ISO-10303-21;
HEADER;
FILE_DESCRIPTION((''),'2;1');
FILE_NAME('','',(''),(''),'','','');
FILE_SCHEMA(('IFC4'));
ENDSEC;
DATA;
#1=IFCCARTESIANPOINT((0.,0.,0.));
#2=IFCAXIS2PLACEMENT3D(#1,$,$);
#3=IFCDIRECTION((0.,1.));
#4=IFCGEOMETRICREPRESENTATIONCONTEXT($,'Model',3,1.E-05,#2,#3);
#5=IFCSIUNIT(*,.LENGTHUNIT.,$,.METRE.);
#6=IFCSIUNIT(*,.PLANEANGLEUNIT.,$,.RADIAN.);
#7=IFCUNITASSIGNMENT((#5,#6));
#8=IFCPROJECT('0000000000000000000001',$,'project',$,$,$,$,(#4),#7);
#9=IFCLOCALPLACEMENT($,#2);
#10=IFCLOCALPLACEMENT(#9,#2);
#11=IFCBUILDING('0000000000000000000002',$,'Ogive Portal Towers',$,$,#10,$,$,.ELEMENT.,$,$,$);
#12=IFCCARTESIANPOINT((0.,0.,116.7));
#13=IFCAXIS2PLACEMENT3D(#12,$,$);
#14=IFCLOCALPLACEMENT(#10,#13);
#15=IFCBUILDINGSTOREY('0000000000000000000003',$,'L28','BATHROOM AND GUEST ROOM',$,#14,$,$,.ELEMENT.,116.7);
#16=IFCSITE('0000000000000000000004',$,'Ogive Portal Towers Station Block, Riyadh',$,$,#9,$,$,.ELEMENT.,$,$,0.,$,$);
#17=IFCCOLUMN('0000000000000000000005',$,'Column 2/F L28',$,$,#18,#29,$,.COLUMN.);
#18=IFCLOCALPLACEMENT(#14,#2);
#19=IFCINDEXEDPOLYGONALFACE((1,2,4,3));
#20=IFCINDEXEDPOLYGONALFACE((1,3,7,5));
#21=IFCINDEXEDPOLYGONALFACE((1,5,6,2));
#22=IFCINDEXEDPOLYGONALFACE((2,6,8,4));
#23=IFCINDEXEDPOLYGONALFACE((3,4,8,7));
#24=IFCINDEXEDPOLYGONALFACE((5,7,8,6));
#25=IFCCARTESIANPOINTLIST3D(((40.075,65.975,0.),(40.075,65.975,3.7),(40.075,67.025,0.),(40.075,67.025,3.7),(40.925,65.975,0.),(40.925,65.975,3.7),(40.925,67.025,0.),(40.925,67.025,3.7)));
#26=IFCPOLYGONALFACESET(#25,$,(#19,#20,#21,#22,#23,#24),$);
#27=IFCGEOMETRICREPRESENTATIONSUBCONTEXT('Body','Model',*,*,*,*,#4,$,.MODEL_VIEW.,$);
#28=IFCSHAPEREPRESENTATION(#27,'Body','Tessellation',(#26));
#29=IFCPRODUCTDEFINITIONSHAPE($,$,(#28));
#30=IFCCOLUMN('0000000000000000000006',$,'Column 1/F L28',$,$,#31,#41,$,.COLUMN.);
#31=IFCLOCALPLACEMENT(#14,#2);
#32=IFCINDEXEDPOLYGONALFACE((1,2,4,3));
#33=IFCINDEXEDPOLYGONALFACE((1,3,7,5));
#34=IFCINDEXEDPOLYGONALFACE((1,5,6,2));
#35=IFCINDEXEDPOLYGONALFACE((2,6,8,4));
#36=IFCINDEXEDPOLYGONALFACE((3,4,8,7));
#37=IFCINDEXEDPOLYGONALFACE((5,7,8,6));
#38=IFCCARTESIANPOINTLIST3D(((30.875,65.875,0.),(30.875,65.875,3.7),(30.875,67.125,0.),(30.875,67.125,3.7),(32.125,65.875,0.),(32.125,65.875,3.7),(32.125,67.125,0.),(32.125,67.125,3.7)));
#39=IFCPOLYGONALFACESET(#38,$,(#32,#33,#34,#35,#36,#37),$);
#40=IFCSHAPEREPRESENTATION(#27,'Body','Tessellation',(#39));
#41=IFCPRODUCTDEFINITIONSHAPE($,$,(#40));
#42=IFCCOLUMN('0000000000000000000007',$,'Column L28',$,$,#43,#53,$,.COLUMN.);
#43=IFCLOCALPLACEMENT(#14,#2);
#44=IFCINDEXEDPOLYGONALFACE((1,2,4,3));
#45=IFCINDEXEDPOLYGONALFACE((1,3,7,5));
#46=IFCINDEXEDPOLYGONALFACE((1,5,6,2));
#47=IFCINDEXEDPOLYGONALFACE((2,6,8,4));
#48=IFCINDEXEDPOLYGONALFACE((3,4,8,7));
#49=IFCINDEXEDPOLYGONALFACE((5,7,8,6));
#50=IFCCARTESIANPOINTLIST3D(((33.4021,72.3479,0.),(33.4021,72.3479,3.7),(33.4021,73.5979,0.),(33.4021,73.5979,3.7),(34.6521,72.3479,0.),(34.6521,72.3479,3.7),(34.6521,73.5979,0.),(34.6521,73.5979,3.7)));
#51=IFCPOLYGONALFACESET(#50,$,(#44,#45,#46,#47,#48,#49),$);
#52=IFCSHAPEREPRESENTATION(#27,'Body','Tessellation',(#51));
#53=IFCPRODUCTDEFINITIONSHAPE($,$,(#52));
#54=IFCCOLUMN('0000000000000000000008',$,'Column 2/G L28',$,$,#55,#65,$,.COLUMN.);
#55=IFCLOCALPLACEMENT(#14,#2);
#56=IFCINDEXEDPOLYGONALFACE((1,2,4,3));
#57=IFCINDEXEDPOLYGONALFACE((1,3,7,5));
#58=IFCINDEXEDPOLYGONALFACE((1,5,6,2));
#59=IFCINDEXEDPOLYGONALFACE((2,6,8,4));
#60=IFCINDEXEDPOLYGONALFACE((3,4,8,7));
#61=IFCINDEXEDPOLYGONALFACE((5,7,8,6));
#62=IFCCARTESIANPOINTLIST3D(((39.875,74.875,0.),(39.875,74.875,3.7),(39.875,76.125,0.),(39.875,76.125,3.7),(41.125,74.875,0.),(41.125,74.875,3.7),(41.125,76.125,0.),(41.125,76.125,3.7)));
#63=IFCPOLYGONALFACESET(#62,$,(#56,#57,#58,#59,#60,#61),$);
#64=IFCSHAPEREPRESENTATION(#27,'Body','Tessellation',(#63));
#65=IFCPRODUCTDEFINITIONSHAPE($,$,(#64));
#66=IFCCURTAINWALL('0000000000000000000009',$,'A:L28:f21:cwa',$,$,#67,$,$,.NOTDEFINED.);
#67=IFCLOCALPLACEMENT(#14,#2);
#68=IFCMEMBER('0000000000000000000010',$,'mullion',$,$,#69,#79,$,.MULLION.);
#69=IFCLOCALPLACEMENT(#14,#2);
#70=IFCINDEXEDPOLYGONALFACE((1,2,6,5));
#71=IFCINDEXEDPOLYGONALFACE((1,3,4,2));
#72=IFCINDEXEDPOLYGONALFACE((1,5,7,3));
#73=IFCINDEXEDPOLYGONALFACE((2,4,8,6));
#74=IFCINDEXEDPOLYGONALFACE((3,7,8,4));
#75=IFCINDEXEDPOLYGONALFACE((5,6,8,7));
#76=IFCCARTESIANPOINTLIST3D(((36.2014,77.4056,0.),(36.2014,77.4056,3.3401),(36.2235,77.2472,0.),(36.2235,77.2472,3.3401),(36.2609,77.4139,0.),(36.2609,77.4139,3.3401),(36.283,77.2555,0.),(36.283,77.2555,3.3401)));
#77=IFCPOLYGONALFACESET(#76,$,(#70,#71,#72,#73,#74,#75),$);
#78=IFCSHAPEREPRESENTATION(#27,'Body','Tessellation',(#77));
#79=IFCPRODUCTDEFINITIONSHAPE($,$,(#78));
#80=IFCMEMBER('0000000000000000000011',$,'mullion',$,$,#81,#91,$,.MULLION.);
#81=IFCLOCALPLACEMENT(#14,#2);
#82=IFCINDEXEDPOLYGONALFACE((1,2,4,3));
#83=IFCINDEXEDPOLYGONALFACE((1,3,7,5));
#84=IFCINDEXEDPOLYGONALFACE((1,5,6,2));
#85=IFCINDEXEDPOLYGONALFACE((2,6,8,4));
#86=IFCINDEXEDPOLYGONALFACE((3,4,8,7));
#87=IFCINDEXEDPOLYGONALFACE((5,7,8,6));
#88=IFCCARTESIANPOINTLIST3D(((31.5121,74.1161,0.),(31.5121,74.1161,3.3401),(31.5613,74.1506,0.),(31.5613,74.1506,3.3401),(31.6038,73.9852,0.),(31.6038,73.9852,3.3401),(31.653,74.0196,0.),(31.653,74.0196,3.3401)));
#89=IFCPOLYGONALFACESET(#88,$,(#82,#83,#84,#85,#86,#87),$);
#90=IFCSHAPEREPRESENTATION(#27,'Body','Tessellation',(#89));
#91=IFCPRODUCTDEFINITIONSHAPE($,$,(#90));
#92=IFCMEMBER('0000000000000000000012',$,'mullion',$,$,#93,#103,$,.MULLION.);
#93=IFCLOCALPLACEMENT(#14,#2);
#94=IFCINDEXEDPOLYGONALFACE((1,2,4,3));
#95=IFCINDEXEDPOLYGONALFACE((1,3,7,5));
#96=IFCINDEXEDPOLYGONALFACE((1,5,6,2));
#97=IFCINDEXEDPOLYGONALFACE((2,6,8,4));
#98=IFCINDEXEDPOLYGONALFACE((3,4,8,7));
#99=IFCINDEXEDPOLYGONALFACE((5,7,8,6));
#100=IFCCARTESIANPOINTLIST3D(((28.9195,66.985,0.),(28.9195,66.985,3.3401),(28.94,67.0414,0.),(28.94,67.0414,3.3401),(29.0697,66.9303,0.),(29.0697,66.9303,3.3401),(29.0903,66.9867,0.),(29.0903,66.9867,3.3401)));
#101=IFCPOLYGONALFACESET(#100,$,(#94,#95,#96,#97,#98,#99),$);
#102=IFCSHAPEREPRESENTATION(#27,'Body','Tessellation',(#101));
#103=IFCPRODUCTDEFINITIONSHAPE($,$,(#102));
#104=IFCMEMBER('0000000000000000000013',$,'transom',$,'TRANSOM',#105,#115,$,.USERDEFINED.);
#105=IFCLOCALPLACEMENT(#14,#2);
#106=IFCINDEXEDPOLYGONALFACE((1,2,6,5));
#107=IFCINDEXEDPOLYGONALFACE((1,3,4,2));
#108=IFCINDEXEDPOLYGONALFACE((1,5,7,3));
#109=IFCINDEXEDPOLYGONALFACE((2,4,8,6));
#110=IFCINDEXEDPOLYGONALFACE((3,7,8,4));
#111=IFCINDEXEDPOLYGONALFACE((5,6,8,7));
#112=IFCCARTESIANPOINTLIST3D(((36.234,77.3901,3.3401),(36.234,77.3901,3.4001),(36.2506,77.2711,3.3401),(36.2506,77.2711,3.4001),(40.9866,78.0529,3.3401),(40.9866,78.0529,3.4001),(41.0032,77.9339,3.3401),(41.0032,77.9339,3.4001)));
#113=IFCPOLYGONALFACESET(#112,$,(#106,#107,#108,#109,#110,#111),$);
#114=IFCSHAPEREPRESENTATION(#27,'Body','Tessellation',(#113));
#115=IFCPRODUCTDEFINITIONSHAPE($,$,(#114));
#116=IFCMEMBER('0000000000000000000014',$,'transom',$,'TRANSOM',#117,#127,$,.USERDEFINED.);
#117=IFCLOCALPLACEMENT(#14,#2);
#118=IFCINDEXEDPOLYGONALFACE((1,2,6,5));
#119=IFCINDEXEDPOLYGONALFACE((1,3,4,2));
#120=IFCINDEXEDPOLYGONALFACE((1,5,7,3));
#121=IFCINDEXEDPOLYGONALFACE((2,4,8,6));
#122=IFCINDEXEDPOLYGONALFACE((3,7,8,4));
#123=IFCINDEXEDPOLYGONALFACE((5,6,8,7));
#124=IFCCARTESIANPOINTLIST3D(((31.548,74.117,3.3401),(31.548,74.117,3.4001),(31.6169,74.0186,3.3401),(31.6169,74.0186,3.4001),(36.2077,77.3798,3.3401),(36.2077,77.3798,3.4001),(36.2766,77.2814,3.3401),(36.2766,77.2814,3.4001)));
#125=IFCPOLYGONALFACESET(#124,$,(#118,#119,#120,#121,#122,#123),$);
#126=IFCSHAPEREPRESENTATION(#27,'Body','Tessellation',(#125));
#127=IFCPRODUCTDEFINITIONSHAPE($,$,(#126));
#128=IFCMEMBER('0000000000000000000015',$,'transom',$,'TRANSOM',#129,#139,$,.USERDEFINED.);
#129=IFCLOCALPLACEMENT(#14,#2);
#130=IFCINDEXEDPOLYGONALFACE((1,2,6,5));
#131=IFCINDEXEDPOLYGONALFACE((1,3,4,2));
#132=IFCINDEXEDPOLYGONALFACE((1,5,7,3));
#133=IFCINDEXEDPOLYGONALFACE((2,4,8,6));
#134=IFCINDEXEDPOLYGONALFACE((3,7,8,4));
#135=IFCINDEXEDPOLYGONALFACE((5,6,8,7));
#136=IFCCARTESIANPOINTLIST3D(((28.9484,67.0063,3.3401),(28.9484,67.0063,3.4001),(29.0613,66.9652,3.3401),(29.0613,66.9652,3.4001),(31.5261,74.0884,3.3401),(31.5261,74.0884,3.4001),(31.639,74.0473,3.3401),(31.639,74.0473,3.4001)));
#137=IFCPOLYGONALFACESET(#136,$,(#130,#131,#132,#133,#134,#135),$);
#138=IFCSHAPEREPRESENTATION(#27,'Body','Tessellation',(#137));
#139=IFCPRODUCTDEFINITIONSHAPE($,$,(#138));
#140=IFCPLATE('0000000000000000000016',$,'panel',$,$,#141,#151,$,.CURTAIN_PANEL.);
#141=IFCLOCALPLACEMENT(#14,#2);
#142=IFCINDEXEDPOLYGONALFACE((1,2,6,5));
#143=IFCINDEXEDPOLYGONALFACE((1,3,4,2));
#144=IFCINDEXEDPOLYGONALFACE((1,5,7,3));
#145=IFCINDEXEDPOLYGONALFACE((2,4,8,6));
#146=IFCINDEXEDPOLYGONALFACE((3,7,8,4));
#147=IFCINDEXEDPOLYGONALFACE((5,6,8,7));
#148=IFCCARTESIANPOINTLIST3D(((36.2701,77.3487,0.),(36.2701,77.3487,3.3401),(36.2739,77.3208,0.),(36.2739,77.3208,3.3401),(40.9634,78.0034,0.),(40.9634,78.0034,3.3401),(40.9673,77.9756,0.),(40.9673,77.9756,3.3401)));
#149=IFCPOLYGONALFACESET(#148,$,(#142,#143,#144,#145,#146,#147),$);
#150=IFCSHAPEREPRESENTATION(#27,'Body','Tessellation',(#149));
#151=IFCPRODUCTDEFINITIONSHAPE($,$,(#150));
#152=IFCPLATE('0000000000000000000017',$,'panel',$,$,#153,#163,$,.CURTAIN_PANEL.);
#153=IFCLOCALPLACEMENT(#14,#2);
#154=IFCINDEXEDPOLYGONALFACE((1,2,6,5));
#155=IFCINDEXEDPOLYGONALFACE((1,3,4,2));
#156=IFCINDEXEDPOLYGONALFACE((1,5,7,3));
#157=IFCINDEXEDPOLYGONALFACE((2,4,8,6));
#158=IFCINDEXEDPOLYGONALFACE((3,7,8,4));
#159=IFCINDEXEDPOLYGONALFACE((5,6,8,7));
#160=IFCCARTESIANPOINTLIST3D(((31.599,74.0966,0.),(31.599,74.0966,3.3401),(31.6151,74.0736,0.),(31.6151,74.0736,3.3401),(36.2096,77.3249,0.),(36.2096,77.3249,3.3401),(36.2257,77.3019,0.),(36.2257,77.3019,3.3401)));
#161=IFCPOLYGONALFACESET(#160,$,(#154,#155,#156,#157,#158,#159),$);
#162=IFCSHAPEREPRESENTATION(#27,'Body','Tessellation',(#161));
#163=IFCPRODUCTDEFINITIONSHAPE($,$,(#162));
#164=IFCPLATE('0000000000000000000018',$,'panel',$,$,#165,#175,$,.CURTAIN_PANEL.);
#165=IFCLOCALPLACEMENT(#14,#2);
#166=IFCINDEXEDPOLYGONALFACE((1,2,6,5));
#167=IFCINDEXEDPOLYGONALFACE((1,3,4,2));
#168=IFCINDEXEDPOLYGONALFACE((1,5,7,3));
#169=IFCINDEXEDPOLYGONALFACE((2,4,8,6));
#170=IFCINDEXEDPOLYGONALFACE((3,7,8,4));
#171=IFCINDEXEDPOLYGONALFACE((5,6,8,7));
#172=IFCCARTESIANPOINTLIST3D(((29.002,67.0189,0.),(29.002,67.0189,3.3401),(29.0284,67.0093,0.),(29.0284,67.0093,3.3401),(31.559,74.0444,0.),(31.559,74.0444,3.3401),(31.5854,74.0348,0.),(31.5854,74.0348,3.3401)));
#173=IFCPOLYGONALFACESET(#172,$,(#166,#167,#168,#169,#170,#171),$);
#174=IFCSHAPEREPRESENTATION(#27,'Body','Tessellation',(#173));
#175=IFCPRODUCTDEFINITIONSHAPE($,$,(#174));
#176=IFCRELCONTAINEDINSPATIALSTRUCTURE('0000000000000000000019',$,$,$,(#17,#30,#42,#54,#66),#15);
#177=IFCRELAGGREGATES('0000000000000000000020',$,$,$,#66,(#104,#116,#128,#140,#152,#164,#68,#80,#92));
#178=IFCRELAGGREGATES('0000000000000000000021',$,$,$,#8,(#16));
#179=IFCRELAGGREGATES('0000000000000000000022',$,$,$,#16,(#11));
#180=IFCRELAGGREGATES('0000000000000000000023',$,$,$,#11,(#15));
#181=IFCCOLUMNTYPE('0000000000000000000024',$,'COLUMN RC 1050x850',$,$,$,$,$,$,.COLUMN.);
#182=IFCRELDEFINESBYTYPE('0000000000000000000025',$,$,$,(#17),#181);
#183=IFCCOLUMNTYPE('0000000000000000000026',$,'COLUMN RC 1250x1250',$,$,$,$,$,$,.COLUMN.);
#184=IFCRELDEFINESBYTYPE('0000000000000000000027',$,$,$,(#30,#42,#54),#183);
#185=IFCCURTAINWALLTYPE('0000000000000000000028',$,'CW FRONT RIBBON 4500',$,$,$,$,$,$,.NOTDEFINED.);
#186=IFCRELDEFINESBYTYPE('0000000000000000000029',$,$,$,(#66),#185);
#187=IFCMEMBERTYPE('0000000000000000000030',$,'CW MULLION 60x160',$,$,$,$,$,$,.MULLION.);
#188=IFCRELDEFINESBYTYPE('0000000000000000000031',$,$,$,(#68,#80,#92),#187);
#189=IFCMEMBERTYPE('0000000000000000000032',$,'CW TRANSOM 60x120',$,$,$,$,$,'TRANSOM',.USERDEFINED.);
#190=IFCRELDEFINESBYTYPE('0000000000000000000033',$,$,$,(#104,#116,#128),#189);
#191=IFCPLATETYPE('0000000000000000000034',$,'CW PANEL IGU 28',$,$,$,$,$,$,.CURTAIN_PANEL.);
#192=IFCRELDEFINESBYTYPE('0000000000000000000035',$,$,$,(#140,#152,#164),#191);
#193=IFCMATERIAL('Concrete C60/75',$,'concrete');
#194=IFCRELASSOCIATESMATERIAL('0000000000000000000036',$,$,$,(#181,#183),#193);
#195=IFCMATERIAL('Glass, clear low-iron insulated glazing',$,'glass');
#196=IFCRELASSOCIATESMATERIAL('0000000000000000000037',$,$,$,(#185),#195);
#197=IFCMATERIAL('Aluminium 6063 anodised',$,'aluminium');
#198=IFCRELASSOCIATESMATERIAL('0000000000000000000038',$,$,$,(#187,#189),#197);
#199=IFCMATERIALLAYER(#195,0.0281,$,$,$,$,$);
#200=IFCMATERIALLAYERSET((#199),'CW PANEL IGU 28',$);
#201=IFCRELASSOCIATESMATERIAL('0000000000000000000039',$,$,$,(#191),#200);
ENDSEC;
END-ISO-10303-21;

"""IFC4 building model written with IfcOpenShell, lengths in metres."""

from ifc_helpers import new_model, si_unit, direction, frame, origin, origin_2d, place, context, subcontext, project, spatial, rectangle, extrude, material, layer, layer_set, material_profile, profile_set, type_object, element, aggregate, save


model = new_model("IFC4")

# Units and contexts
model_context = context("Model", 3, precision=1e-05, world=origin(), true_north=direction((0.0, 1.0)))
body_context = subcontext(model_context, "Body", "Model", "MODEL_VIEW")
ifc_project = project(units=[si_unit("LENGTHUNIT", "METRE"), si_unit("PLANEANGLEUNIT", "RADIAN")], contexts=[model_context])

# Site, building, storey
site_placement = place(None, origin())
site = spatial("IfcSite", under=ifc_project, at=site_placement, Name="Ogive Portal Towers Station Block, Riyadh", CompositionType="ELEMENT", RefElevation=0.0)
building_placement = place(site_placement, origin())
building = spatial("IfcBuilding", under=site, at=building_placement, Name="Ogive Portal Towers", CompositionType="ELEMENT")
storey_placement = place(building_placement, frame((0.0, 0.0, 116.7)))
storey = spatial("IfcBuildingStorey", under=building, at=storey_placement, Name="L28", Description="BATHROOM AND GUEST ROOM", CompositionType="ELEMENT", Elevation=116.7)

# Columns
ifc_material_1 = material(Name="Concrete C60/75", Category="concrete")
ifc_material_profile_1 = material_profile(ifc_material_1, rectangle(XDim=1.05, YDim=0.8501, at=origin_2d()), Name="RC 1050x850")
ifc_profile_set_1 = profile_set([ifc_material_profile_1], Name="Concrete C60/75")
column_type_1 = type_object("IfcColumnType", Name="COLUMN RC 1050x850", PredefinedType="COLUMN", material=ifc_profile_set_1)
column_placement = place(storey_placement, frame((40.5, 66.5, 0.0), z_axis=(0.0, 0.0, 1.0), x_axis=(0.0, 1.0, 0.0)))
element("IfcColumn", 1, at=column_placement, inside=storey, type_object=column_type_1, Name="Column 2/F L28", PredefinedType="COLUMN", context=body_context, shape_type="SweptSolid", body=[
    extrude(rectangle(XDim=1.05, YDim=0.8501, at=origin_2d()), origin(), (0.0, 0.0, 1.0), 3.7),
])
ifc_material_profile_2 = material_profile(ifc_material_1, rectangle(XDim=1.25, YDim=1.25, at=origin_2d()), Name="RC 1250x1250")
ifc_profile_set_2 = profile_set([ifc_material_profile_2], Name="Concrete C60/75")
column_type_2 = type_object("IfcColumnType", Name="COLUMN RC 1250x1250", PredefinedType="COLUMN", material=ifc_profile_set_2)
for number, where, z_axis, x_axis, name in (
    (2, (31.5, 66.5, 0.0), (0.0, 0.0, 1.0), (1.0, 0.0, 0.0), "Column 1/F L28"),
    (3, (34.0271, 72.9729, 0.0), (0.0, 0.0, 1.0), (1.0, 0.0, 0.0), "Column L28"),
    (4, (40.5, 75.5, 0.0), (0.0, 0.0, 1.0), (1.0, 0.0, 0.0), "Column 2/G L28"),
):
    element("IfcColumn", number, at=place(storey_placement, frame(where, z_axis=z_axis, x_axis=x_axis)), inside=storey, type_object=column_type_2, Name=name, PredefinedType="COLUMN", context=body_context, shape_type="SweptSolid", body=[
        extrude(rectangle(XDim=1.25, YDim=1.25, at=origin_2d()), origin(), (0.0, 0.0, 1.0), 3.7),
    ])

# Curtain wall, members, plates
ifc_material_2 = material(Name="Glass, clear low-iron insulated glazing", Category="glass")
curtain_wall_type = type_object("IfcCurtainWallType", Name="CW FRONT RIBBON 4500", PredefinedType="NOTDEFINED", material=ifc_material_2)
curtain_wall_placement = place(storey_placement, origin())
curtain_wall = element("IfcCurtainWall", 5, at=curtain_wall_placement, inside=storey, type_object=curtain_wall_type, Name="A:L28:f21:cwa", PredefinedType="NOTDEFINED")
ifc_material_3 = material(Name="Aluminium 6063 anodised", Category="aluminium")
ifc_material_profile_3 = material_profile(ifc_material_3, rectangle(XDim=0.1599, YDim=0.0601, at=origin_2d()), Name="AL 60x160")
ifc_profile_set_3 = profile_set([ifc_material_profile_3], Name="Aluminium 6063 anodised")
member_type_1 = type_object("IfcMemberType", Name="CW MULLION 60x160", PredefinedType="MULLION", material=ifc_profile_set_3)
member_1_placement = place(storey_placement, frame((36.2422, 77.3306, 0.0), z_axis=(0.0, 0.0, 1.0), x_axis=(0.138161, -0.99041, 0.0)))
member_1 = element("IfcMember", 6, at=member_1_placement, type_object=member_type_1, Name="mullion", PredefinedType="MULLION", context=body_context, shape_type="SweptSolid", body=[
    extrude(rectangle(XDim=0.1599, YDim=0.0601, at=origin_2d()), origin(), (0.0, 0.0, 1.0), 3.3401),
])
member_2_placement = place(storey_placement, frame((31.5825, 74.0679, 0.0), z_axis=(0.0, 0.0, 1.0), x_axis=(0.573576, -0.819152, 0.0)))
member_2 = element("IfcMember", 7, at=member_2_placement, type_object=member_type_1, Name="mullion", PredefinedType="MULLION", context=body_context, shape_type="SweptSolid", body=[
    extrude(rectangle(XDim=0.1599, YDim=0.0601, at=origin_2d()), origin(), (0.0, 0.0, 1.0), 3.3401),
])
member_3_placement = place(storey_placement, frame((29.0049, 66.9858, 0.0), z_axis=(0.0, 0.0, 1.0), x_axis=(0.939693, -0.34202, 0.0)))
member_3 = element("IfcMember", 8, at=member_3_placement, type_object=member_type_1, Name="mullion", PredefinedType="MULLION", context=body_context, shape_type="SweptSolid", body=[
    extrude(rectangle(XDim=0.1599, YDim=0.0601, at=origin_2d()), origin(), (0.0, 0.0, 1.0), 3.3401),
])
ifc_material_profile_4 = material_profile(ifc_material_3, rectangle(XDim=0.1201, YDim=0.0601, at=origin_2d()), Name="AL 120x60")
ifc_profile_set_4 = profile_set([ifc_material_profile_4], Name="Aluminium 6063 anodised")
member_type_2 = type_object("IfcMemberType", Name="CW TRANSOM 60x120", ElementType="TRANSOM", PredefinedType="USERDEFINED", material=ifc_profile_set_4)
member_4_placement = place(storey_placement, frame((40.9949, 77.9934, 3.3701), z_axis=(-0.990414, -0.13813, 0.0), x_axis=(0.13813, -0.990414, 0.0)))
member_4 = element("IfcMember", 9, at=member_4_placement, type_object=member_type_2, Name="transom", ObjectType="TRANSOM", PredefinedType="USERDEFINED", context=body_context, shape_type="SweptSolid", body=[
    extrude(rectangle(XDim=0.1201, YDim=0.0601, at=origin_2d()), origin(), (0.0, 0.0, 1.0), 4.7986),
])
member_5_placement = place(storey_placement, frame((36.2422, 77.3306, 3.3701), z_axis=(-0.819155, -0.573572, 0.0), x_axis=(0.573572, -0.819155, 0.0)))
member_5 = element("IfcMember", 10, at=member_5_placement, type_object=member_type_2, Name="transom", ObjectType="TRANSOM", PredefinedType="USERDEFINED", context=body_context, shape_type="SweptSolid", body=[
    extrude(rectangle(XDim=0.1201, YDim=0.0601, at=origin_2d()), origin(), (0.0, 0.0, 1.0), 5.6885),
])
member_6_placement = place(storey_placement, frame((31.5825, 74.0679, 3.3701), z_axis=(-0.342019, -0.939693, 0.0), x_axis=(0.939693, -0.342019, 0.0)))
member_6 = element("IfcMember", 11, at=member_6_placement, type_object=member_type_2, Name="transom", ObjectType="TRANSOM", PredefinedType="USERDEFINED", context=body_context, shape_type="SweptSolid", body=[
    extrude(rectangle(XDim=0.1201, YDim=0.0601, at=origin_2d()), origin(), (0.0, 0.0, 1.0), 7.5366),
])
ifc_layer_1 = layer(ifc_material_2, 0.0281)
ifc_layer_set_1 = layer_set([ifc_layer_1], Name="CW PANEL IGU 28")
plate_type = type_object("IfcPlateType", Name="CW PANEL IGU 28", PredefinedType="CURTAIN_PANEL", material=ifc_layer_set_1)
plate_1_placement = place(storey_placement, frame((38.6187, 77.6621, 0.0), z_axis=(0.0, 0.0, 1.0), x_axis=(-0.99041, -0.138161, 0.0)))
plate_1 = element("IfcPlate", 12, at=plate_1_placement, type_object=plate_type, Name="panel", PredefinedType="CURTAIN_PANEL", context=body_context, shape_type="SweptSolid", body=[
    extrude(rectangle(XDim=4.7388, YDim=0.0281, at=origin_2d()), origin(), (0.0, 0.0, 1.0), 3.3401),
])
plate_2_placement = place(storey_placement, frame((33.9124, 75.6992, 0.0), z_axis=(0.0, 0.0, 1.0), x_axis=(-0.819152, -0.573576, 0.0)))
plate_2 = element("IfcPlate", 13, at=plate_2_placement, type_object=plate_type, Name="panel", PredefinedType="CURTAIN_PANEL", context=body_context, shape_type="SweptSolid", body=[
    extrude(rectangle(XDim=5.6284, YDim=0.0281, at=origin_2d()), origin(), (0.0, 0.0, 1.0), 3.3401),
])
plate_3_placement = place(storey_placement, frame((30.2937, 70.5269, 0.0), z_axis=(0.0, 0.0, 1.0), x_axis=(-0.34202, -0.939693, 0.0)))
plate_3 = element("IfcPlate", 14, at=plate_3_placement, type_object=plate_type, Name="panel", PredefinedType="CURTAIN_PANEL", context=body_context, shape_type="SweptSolid", body=[
    extrude(rectangle(XDim=7.4763, YDim=0.0281, at=origin_2d()), origin(), (0.0, 0.0, 1.0), 3.3401),
])
aggregate(curtain_wall, [member_4, member_5, member_6, plate_1, plate_2, plate_3, member_1, member_2, member_3])

save(model, "model.ifc")
